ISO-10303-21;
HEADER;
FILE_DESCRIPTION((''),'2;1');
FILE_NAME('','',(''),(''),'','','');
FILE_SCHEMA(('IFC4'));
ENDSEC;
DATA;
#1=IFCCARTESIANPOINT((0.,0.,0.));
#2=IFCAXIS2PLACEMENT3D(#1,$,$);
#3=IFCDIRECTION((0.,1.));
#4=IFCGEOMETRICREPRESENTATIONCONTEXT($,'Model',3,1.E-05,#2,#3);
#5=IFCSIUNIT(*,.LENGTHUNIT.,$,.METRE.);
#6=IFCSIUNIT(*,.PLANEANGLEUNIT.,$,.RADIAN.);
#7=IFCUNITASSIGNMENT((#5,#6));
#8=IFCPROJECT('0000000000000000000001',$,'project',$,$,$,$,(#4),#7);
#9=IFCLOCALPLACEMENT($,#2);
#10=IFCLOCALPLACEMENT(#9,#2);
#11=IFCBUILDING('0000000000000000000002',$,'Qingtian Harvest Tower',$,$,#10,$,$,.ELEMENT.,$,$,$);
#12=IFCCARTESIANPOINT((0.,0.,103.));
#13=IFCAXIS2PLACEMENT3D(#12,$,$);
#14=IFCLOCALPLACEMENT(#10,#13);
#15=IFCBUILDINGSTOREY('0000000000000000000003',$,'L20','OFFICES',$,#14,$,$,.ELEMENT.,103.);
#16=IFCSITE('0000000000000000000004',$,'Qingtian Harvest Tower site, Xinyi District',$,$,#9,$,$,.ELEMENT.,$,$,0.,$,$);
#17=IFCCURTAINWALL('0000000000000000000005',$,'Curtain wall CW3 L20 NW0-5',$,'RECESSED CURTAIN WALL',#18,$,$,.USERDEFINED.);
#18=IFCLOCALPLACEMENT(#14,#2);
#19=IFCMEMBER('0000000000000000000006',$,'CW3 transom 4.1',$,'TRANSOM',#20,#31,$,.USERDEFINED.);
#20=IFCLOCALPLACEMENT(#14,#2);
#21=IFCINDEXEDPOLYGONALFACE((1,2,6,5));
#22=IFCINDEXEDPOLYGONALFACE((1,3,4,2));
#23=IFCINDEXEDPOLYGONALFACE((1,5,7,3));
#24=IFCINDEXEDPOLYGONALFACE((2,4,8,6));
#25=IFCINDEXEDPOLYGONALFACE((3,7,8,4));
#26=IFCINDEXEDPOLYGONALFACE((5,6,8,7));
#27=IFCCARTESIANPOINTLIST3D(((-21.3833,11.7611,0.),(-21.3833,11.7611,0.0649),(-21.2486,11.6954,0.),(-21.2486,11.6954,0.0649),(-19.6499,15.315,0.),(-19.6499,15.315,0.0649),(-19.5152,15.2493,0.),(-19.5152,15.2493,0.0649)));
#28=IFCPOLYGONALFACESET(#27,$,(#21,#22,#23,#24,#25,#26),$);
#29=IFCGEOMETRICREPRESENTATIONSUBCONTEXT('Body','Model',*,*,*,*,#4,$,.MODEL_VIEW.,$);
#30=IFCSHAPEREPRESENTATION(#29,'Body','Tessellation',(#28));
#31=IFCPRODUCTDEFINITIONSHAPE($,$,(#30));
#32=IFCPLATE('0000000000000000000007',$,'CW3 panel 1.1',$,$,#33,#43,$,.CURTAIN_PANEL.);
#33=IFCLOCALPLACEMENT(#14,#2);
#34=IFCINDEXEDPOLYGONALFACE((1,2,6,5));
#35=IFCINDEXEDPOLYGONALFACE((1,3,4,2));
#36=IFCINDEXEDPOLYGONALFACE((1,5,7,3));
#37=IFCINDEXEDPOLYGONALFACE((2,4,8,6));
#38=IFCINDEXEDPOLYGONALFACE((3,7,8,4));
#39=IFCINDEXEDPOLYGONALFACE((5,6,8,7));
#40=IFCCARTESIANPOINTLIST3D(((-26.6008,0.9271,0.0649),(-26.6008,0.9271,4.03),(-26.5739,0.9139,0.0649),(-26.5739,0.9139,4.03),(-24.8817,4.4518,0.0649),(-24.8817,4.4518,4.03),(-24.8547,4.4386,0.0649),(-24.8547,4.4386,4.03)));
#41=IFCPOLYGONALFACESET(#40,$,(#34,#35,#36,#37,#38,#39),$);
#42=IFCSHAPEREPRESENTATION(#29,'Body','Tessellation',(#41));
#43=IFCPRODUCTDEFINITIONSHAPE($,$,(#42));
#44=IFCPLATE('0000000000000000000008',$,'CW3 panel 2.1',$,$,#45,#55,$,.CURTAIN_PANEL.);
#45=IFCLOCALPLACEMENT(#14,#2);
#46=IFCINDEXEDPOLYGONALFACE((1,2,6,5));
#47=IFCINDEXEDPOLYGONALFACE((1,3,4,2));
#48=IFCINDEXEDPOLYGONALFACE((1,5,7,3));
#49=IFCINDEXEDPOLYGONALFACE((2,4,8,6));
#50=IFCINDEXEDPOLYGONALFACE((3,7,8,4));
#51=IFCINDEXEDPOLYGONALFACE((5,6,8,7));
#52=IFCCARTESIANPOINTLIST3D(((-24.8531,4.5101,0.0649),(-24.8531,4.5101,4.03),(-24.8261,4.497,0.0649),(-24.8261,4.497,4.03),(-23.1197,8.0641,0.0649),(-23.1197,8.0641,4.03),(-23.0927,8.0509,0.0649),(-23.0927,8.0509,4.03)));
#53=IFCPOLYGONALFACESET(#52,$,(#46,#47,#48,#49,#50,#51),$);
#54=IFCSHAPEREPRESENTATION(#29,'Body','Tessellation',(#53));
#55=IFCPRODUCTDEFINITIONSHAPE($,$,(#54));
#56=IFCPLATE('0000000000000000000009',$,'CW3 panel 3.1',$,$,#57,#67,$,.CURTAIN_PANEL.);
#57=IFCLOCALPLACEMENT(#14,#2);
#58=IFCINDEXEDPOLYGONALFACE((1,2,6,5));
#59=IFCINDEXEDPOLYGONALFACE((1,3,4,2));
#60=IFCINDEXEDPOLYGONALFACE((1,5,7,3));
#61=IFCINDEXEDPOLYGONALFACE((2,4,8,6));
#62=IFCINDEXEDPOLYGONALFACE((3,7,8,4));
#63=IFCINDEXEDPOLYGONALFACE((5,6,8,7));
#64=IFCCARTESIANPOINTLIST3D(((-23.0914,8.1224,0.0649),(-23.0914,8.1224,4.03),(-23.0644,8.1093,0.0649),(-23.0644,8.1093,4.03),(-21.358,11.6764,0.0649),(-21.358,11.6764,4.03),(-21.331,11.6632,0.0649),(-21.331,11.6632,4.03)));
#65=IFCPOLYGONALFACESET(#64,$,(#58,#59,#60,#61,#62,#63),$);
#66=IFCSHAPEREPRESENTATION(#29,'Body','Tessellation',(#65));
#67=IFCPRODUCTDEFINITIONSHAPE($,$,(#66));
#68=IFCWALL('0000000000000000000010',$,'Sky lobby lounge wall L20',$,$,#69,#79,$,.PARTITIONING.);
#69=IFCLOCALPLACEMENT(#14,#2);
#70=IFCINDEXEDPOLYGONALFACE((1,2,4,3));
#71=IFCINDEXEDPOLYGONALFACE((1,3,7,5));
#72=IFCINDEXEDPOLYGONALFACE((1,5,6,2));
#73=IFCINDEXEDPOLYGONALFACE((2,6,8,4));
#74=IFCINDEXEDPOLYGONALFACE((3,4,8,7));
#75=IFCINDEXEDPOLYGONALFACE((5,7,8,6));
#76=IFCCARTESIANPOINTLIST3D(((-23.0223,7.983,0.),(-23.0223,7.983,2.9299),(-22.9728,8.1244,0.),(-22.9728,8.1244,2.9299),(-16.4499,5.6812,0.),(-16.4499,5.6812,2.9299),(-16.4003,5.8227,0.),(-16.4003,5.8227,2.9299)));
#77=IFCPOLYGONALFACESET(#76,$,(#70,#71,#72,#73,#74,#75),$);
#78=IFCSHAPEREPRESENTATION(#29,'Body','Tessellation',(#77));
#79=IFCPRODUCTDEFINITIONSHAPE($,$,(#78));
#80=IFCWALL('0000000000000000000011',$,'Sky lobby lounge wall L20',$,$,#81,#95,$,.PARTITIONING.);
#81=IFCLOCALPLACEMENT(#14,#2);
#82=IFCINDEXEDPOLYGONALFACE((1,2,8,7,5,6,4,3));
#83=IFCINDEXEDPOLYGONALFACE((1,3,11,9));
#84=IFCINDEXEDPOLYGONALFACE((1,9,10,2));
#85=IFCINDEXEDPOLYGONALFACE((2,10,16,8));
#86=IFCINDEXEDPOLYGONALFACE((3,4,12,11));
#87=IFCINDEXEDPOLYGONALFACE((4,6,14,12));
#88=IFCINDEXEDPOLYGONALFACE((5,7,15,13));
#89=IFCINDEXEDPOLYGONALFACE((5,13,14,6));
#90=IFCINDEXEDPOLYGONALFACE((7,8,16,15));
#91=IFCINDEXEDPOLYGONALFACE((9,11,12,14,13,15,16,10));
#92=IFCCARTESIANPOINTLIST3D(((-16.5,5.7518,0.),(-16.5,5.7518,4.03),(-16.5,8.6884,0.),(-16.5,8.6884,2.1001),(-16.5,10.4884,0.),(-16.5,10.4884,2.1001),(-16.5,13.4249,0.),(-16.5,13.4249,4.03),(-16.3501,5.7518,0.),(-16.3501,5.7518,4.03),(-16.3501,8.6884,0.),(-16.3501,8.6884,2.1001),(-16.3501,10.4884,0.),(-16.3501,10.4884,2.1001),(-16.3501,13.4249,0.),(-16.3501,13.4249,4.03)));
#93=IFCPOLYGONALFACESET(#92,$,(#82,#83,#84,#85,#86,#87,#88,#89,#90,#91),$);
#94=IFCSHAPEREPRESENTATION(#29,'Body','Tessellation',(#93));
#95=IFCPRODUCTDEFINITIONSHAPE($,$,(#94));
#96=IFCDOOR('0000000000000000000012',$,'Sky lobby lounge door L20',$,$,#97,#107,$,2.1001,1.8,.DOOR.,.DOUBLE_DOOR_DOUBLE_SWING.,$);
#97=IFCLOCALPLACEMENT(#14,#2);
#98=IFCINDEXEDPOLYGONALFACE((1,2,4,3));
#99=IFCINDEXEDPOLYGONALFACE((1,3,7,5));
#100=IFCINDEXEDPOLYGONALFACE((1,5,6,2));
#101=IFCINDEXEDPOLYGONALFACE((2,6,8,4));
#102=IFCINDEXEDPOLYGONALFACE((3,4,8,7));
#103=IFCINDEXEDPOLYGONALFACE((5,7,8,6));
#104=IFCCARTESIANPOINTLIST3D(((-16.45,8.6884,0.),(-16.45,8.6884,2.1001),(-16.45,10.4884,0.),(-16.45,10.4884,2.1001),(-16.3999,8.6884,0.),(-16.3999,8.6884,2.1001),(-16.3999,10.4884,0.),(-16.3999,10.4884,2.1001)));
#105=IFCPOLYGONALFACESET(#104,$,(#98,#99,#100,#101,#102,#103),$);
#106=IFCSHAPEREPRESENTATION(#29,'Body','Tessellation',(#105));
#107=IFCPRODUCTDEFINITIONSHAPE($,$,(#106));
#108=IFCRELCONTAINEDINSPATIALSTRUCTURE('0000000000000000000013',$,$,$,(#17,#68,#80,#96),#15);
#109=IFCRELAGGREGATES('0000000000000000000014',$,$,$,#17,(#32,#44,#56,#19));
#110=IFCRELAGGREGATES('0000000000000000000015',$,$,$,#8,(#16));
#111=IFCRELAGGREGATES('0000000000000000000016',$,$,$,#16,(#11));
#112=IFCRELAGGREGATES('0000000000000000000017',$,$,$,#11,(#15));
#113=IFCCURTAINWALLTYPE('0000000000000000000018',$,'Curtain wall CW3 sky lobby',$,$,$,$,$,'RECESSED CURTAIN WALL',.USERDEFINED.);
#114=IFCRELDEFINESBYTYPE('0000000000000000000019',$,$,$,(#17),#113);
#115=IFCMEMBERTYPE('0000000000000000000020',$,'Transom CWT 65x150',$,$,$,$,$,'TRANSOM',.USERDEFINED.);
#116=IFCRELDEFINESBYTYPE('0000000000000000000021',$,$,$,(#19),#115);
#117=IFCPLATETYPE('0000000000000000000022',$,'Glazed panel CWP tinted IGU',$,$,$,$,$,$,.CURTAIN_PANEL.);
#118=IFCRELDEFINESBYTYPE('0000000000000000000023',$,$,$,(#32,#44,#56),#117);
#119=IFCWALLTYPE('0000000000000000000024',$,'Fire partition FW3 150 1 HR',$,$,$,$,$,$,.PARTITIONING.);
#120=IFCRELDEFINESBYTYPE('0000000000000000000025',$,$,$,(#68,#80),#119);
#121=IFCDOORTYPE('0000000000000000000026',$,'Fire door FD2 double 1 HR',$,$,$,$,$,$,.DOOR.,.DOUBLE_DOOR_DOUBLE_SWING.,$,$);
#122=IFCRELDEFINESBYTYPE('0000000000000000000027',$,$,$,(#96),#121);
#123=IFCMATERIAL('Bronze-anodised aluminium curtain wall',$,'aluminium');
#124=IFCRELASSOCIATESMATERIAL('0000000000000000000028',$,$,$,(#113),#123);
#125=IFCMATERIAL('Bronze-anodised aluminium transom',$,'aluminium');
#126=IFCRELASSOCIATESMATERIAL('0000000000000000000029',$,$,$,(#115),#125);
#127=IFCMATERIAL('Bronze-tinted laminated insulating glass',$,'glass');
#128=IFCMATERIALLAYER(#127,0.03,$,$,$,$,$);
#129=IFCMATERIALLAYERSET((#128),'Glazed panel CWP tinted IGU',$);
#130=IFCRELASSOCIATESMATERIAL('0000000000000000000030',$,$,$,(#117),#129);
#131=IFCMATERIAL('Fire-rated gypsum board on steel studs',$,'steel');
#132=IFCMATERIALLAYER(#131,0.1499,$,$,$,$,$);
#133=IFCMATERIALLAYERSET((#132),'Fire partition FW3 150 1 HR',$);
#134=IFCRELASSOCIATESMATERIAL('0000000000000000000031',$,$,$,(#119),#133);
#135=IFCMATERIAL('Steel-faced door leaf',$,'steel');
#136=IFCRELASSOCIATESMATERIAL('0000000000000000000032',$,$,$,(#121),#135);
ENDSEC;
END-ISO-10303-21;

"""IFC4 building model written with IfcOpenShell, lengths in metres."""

from ifc_helpers import new_model, si_unit, direction, frame, frame_2d, origin, origin_2d, place, context, subcontext, project, spatial, rectangle, extrude, material, layer, layer_set, material_profile, profile_set, type_object, element, fill, aggregate, save


model = new_model("IFC4")

# Units and contexts
model_context = context("Model", 3, precision=1e-05, world=origin(), true_north=direction((0.0, 1.0)))
body_context = subcontext(model_context, "Body", "Model", "MODEL_VIEW")
ifc_project = project(units=[si_unit("LENGTHUNIT", "METRE"), si_unit("PLANEANGLEUNIT", "RADIAN")], contexts=[model_context])

# Site, building, storey
site_placement = place(None, origin())
site = spatial("IfcSite", under=ifc_project, at=site_placement, Name="Qingtian Harvest Tower site, Xinyi District", CompositionType="ELEMENT", RefElevation=0.0)
building_placement = place(site_placement, origin())
building = spatial("IfcBuilding", under=site, at=building_placement, Name="Qingtian Harvest Tower", CompositionType="ELEMENT")
storey_placement = place(building_placement, frame((0.0, 0.0, 103.0)))
storey = spatial("IfcBuildingStorey", under=building, at=storey_placement, Name="L20", Description="OFFICES", CompositionType="ELEMENT", Elevation=103.0)

# Shared definitions
ifc_material_1 = material(Name="Bronze-anodised aluminium curtain wall", Category="aluminium")
curtain_wall_type = type_object("IfcCurtainWallType", Name="Curtain wall CW3 sky lobby", ElementType="RECESSED CURTAIN WALL", PredefinedType="USERDEFINED", material=ifc_material_1)

# Curtain wall
curtain_wall_1_placement = place(storey_placement, origin())
curtain_wall_1 = element("IfcCurtainWall", 1, at=curtain_wall_1_placement, inside=storey, type_object=curtain_wall_type, Name="Curtain wall CW3 L20 NW0-5", ObjectType="RECESSED CURTAIN WALL", PredefinedType="USERDEFINED")

# Member
ifc_material_2 = material(Name="Bronze-anodised aluminium transom", Category="aluminium")
ifc_material_profile_1 = material_profile(ifc_material_2, rectangle(XDim=0.1499, YDim=0.0649, at=origin_2d()), Name="AL 65x150")
ifc_profile_set_1 = profile_set([ifc_material_profile_1], Name="Bronze-anodised aluminium transom")
member_type_1 = type_object("IfcMemberType", Name="Transom CWT 65x150", ElementType="TRANSOM", PredefinedType="USERDEFINED", material=ifc_profile_set_1)
member_1_placement = place(storey_placement, frame((-21.3159, 11.7283, 0.0325), z_axis=(0.438375, 0.898792, 0.0), x_axis=(-0.898792, 0.438375, 0.0)))
member_1 = element("IfcMember", 2, at=member_1_placement, type_object=member_type_1, Name="CW3 transom 4.1", ObjectType="TRANSOM", PredefinedType="USERDEFINED", context=body_context, shape_type="SweptSolid", body=[
    extrude(rectangle(XDim=0.1499, YDim=0.0649, at=origin_2d()), origin(), (0.0, 0.0, 1.0), 3.9541),
])

# Plates
ifc_material_3 = material(Name="Bronze-tinted laminated insulating glass", Category="glass")
ifc_layer_1 = layer(ifc_material_3, 0.03)
ifc_layer_set_1 = layer_set([ifc_layer_1], Name="Glazed panel CWP tinted IGU")
plate_type = type_object("IfcPlateType", Name="Glazed panel CWP tinted IGU", PredefinedType="CURTAIN_PANEL", material=ifc_layer_set_1)
plate_1_placement = place(storey_placement, frame((-25.7278, 2.6829, 0.0649), z_axis=(0.0, 0.0, 1.0), x_axis=(0.438371, 0.898794, 0.0)))
plate_1 = element("IfcPlate", 3, at=plate_1_placement, type_object=plate_type, Name="CW3 panel 1.1", PredefinedType="CURTAIN_PANEL", context=body_context, shape_type="SweptSolid", body=[
    extrude(rectangle(XDim=3.9216, YDim=0.03, at=origin_2d()), origin(), (0.0, 0.0, 1.0), 3.9651),
])
plate_2_placement = place(storey_placement, frame((-23.9729, 6.2805, 0.0649), z_axis=(0.0, 0.0, 1.0), x_axis=(0.438371, 0.898794, 0.0)))
plate_2 = element("IfcPlate", 4, at=plate_2_placement, type_object=plate_type, Name="CW3 panel 2.1", PredefinedType="CURTAIN_PANEL", context=body_context, shape_type="SweptSolid", body=[
    extrude(rectangle(XDim=3.9541, YDim=0.03, at=origin_2d()), origin(), (0.0, 0.0, 1.0), 3.9651),
])
plate_3_placement = place(storey_placement, frame((-22.2112, 9.8928, 0.0649), z_axis=(0.0, 0.0, 1.0), x_axis=(0.438371, 0.898794, 0.0)))
plate_3 = element("IfcPlate", 5, at=plate_3_placement, type_object=plate_type, Name="CW3 panel 3.1", PredefinedType="CURTAIN_PANEL", context=body_context, shape_type="SweptSolid", body=[
    extrude(rectangle(XDim=3.9541, YDim=0.03, at=origin_2d()), origin(), (0.0, 0.0, 1.0), 3.9651),
])
aggregate(curtain_wall_1, [plate_1, plate_2, plate_3, member_1])

# Wall
ifc_material_4 = material(Name="Fire-rated gypsum board on steel studs", Category="steel")
ifc_layer_2 = layer(ifc_material_4, 0.1499)
ifc_layer_set_2 = layer_set([ifc_layer_2], Name="Fire partition FW3 150 1 HR")
wall_type = type_object("IfcWallType", Name="Fire partition FW3 150 1 HR", PredefinedType="PARTITIONING", material=ifc_layer_set_2)
wall_1_placement = place(storey_placement, frame((-22.9976, 8.0537, 0.0), z_axis=(0.0, 0.0, 1.0), x_axis=(0.943797, -0.330527, 0.0)))
element("IfcWall", 6, at=wall_1_placement, inside=storey, type_object=wall_type, Name="Sky lobby lounge wall L20", PredefinedType="PARTITIONING", context=body_context, shape_type="SweptSolid", body=[
    extrude(rectangle(XDim=6.9639, YDim=0.1499, at=frame_2d((3.4819, 0.0))), origin(), (0.0, 0.0, 1.0), 2.9299),
])

# Wall, opening, door
wall_2_placement = place(storey_placement, frame((-16.425, 5.752, 0.0), z_axis=(0.0, 0.0, 1.0), x_axis=(0.0, 1.0, 0.0)))
wall_2 = element("IfcWall", 7, at=wall_2_placement, inside=storey, type_object=wall_type, Name="Sky lobby lounge wall L20", PredefinedType="PARTITIONING", context=body_context, shape_type="SweptSolid", body=[
    extrude(rectangle(XDim=7.6731, YDim=0.1499, at=frame_2d((3.8364, 0.0))), origin(), (0.0, 0.0, 1.0), 4.03),
])
opening_placement = place(wall_2_placement, frame((2.9365, 0.0, 0.0)))
opening = element("IfcOpeningElement", 8, at=opening_placement, cuts=wall_2, PredefinedType="OPENING", context=body_context, shape_type="SweptSolid", body=[
    extrude(rectangle(XDim=1.8, YDim=2.1001, at=frame_2d((0.8999, 1.05))), frame((0.0, 0.085, 0.0), z_axis=(0.0, -1.0, 0.0), x_axis=(1.0, 0.0, 0.0)), (0.0, 0.0, 1.0), 0.1699),
])
ifc_material_5 = material(Name="Steel-faced door leaf", Category="steel")
door_type = type_object("IfcDoorType", Name="Fire door FD2 double 1 HR", OperationType="DOUBLE_DOOR_DOUBLE_SWING", PredefinedType="DOOR", material=ifc_material_5)
door_placement = place(opening_placement, origin())
door = element("IfcDoor", 9, at=door_placement, inside=storey, type_object=door_type, Name="Sky lobby lounge door L20", OperationType="DOUBLE_DOOR_DOUBLE_SWING", OverallHeight=2.1001, OverallWidth=1.8, PredefinedType="DOOR", context=body_context, shape_type="SweptSolid", body=[
    extrude(rectangle(XDim=1.8, YDim=2.1001, at=frame_2d((0.8999, 1.05))), frame((0.0, 0.0249, 0.0), z_axis=(0.0, -1.0, 0.0), x_axis=(1.0, 0.0, 0.0)), (0.0, 0.0, 1.0), 0.05),
])
fill(opening, door)

save(model, "model.ifc")
